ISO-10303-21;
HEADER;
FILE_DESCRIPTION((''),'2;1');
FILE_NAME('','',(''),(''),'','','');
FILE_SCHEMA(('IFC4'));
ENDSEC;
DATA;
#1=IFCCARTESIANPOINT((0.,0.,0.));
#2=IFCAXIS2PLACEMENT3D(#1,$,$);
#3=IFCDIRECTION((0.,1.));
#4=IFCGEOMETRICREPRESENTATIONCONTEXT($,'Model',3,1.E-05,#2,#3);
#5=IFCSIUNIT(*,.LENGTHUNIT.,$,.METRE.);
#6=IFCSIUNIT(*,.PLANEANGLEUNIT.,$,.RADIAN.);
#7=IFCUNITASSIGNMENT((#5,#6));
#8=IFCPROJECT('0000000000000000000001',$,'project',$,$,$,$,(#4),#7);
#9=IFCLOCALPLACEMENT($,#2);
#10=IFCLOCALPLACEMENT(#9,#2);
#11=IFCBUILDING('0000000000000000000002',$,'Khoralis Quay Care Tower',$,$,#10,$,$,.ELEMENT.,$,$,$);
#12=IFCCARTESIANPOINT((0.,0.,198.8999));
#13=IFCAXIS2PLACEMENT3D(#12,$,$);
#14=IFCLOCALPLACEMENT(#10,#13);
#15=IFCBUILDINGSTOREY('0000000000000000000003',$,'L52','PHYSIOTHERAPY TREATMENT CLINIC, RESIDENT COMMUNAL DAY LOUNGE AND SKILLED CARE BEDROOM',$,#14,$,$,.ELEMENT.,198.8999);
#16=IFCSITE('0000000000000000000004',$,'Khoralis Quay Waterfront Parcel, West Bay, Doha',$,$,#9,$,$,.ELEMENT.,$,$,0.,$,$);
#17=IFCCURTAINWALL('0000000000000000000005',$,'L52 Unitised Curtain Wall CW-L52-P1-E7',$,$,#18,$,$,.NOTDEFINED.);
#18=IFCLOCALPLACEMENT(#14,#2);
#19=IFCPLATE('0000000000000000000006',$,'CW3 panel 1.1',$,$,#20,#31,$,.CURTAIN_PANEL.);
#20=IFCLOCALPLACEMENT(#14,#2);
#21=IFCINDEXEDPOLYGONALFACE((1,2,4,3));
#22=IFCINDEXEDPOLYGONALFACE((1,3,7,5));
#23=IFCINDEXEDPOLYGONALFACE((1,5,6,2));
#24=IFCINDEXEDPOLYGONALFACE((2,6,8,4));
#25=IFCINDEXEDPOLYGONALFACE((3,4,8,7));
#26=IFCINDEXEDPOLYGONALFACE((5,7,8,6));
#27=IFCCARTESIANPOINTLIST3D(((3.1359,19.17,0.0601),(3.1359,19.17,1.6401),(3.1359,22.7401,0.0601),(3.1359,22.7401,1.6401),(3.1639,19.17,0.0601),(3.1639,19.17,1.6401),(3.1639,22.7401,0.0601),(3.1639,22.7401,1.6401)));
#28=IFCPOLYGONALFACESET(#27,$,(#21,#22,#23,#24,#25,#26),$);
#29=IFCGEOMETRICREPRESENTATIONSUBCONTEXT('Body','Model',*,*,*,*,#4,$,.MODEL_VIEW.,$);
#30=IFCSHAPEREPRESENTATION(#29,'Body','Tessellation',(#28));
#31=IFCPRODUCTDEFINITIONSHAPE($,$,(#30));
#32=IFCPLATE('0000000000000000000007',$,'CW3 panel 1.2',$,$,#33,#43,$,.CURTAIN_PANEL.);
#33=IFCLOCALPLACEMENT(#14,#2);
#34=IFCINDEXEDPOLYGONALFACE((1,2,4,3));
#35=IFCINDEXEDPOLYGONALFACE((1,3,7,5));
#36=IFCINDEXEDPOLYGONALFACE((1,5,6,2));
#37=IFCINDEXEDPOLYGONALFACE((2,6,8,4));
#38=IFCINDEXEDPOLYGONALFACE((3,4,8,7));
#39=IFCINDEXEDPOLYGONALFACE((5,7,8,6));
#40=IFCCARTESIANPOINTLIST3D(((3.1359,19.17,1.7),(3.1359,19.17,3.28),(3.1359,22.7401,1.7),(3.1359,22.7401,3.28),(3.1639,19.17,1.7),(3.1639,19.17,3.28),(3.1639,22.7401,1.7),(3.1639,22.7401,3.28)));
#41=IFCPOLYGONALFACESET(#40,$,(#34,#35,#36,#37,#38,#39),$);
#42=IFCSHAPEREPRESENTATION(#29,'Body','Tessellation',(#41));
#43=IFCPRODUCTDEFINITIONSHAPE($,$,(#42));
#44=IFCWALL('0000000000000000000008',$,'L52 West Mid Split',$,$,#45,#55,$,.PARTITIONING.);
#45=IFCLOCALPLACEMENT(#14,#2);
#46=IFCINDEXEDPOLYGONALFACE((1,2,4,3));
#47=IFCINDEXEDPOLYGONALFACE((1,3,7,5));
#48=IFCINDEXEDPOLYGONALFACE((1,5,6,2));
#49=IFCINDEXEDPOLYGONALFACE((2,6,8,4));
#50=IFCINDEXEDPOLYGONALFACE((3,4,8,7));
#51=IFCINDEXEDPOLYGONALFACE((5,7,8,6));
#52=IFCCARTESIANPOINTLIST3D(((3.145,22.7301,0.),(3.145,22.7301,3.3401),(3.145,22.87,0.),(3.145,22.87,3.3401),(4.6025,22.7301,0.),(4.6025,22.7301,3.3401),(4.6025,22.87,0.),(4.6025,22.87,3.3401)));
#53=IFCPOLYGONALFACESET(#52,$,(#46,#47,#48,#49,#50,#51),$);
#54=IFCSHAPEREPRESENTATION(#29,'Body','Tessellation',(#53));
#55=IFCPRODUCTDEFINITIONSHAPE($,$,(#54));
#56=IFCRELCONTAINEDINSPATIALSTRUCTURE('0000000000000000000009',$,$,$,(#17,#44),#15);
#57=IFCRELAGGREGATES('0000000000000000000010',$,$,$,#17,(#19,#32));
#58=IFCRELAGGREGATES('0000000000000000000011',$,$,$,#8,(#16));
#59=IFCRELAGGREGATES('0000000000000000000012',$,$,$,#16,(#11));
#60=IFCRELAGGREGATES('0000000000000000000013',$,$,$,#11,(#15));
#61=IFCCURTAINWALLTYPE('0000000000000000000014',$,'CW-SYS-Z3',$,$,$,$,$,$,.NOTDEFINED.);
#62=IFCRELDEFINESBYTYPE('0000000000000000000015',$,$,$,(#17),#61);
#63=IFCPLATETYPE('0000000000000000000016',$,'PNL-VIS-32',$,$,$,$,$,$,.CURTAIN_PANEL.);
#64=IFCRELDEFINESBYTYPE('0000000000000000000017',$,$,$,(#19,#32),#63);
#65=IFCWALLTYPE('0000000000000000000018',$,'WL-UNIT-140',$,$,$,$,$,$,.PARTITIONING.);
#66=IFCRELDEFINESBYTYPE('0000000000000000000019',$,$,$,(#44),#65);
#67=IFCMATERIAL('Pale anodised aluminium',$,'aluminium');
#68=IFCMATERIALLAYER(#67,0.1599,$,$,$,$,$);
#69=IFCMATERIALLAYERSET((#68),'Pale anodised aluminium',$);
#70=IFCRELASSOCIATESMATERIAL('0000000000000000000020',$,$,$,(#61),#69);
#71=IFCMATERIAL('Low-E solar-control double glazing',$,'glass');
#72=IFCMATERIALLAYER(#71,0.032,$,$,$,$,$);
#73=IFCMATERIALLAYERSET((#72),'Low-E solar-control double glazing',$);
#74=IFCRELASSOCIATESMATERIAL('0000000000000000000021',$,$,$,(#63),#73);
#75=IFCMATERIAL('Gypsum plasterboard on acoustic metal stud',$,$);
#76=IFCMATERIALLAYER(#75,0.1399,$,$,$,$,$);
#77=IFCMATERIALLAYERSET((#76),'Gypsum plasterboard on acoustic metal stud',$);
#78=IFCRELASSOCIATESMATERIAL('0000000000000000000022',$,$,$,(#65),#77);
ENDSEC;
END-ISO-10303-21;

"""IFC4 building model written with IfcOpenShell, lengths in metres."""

from ifc_helpers import new_model, si_unit, direction, frame, frame_2d, origin, origin_2d, place, context, subcontext, project, spatial, rectangle, extrude, source, transform, mapped, material, layer, layer_set, type_object, element, aggregate, save


model = new_model("IFC4")

# Units and contexts
model_context = context("Model", 3, precision=1e-05, world=origin(), true_north=direction((0.0, 1.0)))
body_context = subcontext(model_context, "Body", "Model", "MODEL_VIEW")
ifc_project = project(units=[si_unit("LENGTHUNIT", "METRE"), si_unit("PLANEANGLEUNIT", "RADIAN")], contexts=[model_context])

# Site, building, storey
site_placement = place(None, origin())
site = spatial("IfcSite", under=ifc_project, at=site_placement, Name="Khoralis Quay Waterfront Parcel, West Bay, Doha", CompositionType="ELEMENT", RefElevation=0.0)
building_placement = place(site_placement, origin())
building = spatial("IfcBuilding", under=site, at=building_placement, Name="Khoralis Quay Care Tower", CompositionType="ELEMENT")
storey_placement = place(building_placement, frame((0.0, 0.0, 198.8999)))
storey = spatial("IfcBuildingStorey", under=building, at=storey_placement, Name="L52", Description="PHYSIOTHERAPY TREATMENT CLINIC, RESIDENT COMMUNAL DAY LOUNGE AND SKILLED CARE BEDROOM", CompositionType="ELEMENT", Elevation=198.8999)

# Curtain wall, plates
ifc_material_1 = material(Name="Pale anodised aluminium", Category="aluminium")
ifc_layer_1 = layer(ifc_material_1, 0.1599)
ifc_layer_set_1 = layer_set([ifc_layer_1], Name="Pale anodised aluminium")
curtain_wall_type = type_object("IfcCurtainWallType", Name="CW-SYS-Z3", PredefinedType="NOTDEFINED", material=ifc_layer_set_1)
curtain_wall_placement = place(storey_placement, origin())
curtain_wall = element("IfcCurtainWall", 1, at=curtain_wall_placement, inside=storey, type_object=curtain_wall_type, Name="L52 Unitised Curtain Wall CW-L52-P1-E7", PredefinedType="NOTDEFINED")
ifc_material_2 = material(Name="Low-E solar-control double glazing", Category="glass")
ifc_layer_2 = layer(ifc_material_2, 0.032)
ifc_layer_set_2 = layer_set([ifc_layer_2], Name="Low-E solar-control double glazing")
plate_type = type_object("IfcPlateType", Name="PNL-VIS-32", PredefinedType="CURTAIN_PANEL", material=ifc_layer_set_2)
shared_shape_1 = source(origin(), body_context, "Body", "SweptSolid", [
    extrude(rectangle(XDim=3.5701, YDim=0.0281, at=origin_2d()), origin(), (0.0, 0.0, 1.0), 1.5801),
])
plate_1_placement = place(storey_placement, frame((3.1499, 20.9551, 0.0601), z_axis=(0.0, 0.0, 1.0), x_axis=(0.0, -1.0, 0.0)))
plate_1 = element("IfcPlate", 2, at=plate_1_placement, type_object=plate_type, Name="CW3 panel 1.1", PredefinedType="CURTAIN_PANEL", context=body_context, shape_type="MappedRepresentation", body=[
    mapped(shared_shape_1, transform((0.0, 0.0, 0.0), scale=1.0)),
])
plate_2_placement = place(storey_placement, frame((3.1499, 20.9551, 1.7), z_axis=(0.0, 0.0, 1.0), x_axis=(0.0, -1.0, 0.0)))
plate_2 = element("IfcPlate", 3, at=plate_2_placement, type_object=plate_type, Name="CW3 panel 1.2", PredefinedType="CURTAIN_PANEL", context=body_context, shape_type="MappedRepresentation", body=[
    mapped(shared_shape_1, transform((0.0, 0.0, 0.0), scale=1.0)),
])
aggregate(curtain_wall, [plate_1, plate_2])

# Wall
ifc_material_3 = material(Name="Gypsum plasterboard on acoustic metal stud")
ifc_layer_3 = layer(ifc_material_3, 0.1399)
ifc_layer_set_3 = layer_set([ifc_layer_3], Name="Gypsum plasterboard on acoustic metal stud")
wall_type = type_object("IfcWallType", Name="WL-UNIT-140", PredefinedType="PARTITIONING", material=ifc_layer_set_3)
wall_placement = place(storey_placement, frame((3.145, 22.8, 0.0), z_axis=(0.0, 0.0, 1.0), x_axis=(1.0, 0.0, 0.0)))
element("IfcWall", 4, at=wall_placement, inside=storey, type_object=wall_type, Name="L52 West Mid Split", PredefinedType="PARTITIONING", context=body_context, shape_type="SweptSolid", body=[
    extrude(rectangle(XDim=1.4575, YDim=0.1399, at=frame_2d((0.7288, 0.0))), origin(), (0.0, 0.0, 1.0), 3.3401),
])

save(model, "model.ifc")
